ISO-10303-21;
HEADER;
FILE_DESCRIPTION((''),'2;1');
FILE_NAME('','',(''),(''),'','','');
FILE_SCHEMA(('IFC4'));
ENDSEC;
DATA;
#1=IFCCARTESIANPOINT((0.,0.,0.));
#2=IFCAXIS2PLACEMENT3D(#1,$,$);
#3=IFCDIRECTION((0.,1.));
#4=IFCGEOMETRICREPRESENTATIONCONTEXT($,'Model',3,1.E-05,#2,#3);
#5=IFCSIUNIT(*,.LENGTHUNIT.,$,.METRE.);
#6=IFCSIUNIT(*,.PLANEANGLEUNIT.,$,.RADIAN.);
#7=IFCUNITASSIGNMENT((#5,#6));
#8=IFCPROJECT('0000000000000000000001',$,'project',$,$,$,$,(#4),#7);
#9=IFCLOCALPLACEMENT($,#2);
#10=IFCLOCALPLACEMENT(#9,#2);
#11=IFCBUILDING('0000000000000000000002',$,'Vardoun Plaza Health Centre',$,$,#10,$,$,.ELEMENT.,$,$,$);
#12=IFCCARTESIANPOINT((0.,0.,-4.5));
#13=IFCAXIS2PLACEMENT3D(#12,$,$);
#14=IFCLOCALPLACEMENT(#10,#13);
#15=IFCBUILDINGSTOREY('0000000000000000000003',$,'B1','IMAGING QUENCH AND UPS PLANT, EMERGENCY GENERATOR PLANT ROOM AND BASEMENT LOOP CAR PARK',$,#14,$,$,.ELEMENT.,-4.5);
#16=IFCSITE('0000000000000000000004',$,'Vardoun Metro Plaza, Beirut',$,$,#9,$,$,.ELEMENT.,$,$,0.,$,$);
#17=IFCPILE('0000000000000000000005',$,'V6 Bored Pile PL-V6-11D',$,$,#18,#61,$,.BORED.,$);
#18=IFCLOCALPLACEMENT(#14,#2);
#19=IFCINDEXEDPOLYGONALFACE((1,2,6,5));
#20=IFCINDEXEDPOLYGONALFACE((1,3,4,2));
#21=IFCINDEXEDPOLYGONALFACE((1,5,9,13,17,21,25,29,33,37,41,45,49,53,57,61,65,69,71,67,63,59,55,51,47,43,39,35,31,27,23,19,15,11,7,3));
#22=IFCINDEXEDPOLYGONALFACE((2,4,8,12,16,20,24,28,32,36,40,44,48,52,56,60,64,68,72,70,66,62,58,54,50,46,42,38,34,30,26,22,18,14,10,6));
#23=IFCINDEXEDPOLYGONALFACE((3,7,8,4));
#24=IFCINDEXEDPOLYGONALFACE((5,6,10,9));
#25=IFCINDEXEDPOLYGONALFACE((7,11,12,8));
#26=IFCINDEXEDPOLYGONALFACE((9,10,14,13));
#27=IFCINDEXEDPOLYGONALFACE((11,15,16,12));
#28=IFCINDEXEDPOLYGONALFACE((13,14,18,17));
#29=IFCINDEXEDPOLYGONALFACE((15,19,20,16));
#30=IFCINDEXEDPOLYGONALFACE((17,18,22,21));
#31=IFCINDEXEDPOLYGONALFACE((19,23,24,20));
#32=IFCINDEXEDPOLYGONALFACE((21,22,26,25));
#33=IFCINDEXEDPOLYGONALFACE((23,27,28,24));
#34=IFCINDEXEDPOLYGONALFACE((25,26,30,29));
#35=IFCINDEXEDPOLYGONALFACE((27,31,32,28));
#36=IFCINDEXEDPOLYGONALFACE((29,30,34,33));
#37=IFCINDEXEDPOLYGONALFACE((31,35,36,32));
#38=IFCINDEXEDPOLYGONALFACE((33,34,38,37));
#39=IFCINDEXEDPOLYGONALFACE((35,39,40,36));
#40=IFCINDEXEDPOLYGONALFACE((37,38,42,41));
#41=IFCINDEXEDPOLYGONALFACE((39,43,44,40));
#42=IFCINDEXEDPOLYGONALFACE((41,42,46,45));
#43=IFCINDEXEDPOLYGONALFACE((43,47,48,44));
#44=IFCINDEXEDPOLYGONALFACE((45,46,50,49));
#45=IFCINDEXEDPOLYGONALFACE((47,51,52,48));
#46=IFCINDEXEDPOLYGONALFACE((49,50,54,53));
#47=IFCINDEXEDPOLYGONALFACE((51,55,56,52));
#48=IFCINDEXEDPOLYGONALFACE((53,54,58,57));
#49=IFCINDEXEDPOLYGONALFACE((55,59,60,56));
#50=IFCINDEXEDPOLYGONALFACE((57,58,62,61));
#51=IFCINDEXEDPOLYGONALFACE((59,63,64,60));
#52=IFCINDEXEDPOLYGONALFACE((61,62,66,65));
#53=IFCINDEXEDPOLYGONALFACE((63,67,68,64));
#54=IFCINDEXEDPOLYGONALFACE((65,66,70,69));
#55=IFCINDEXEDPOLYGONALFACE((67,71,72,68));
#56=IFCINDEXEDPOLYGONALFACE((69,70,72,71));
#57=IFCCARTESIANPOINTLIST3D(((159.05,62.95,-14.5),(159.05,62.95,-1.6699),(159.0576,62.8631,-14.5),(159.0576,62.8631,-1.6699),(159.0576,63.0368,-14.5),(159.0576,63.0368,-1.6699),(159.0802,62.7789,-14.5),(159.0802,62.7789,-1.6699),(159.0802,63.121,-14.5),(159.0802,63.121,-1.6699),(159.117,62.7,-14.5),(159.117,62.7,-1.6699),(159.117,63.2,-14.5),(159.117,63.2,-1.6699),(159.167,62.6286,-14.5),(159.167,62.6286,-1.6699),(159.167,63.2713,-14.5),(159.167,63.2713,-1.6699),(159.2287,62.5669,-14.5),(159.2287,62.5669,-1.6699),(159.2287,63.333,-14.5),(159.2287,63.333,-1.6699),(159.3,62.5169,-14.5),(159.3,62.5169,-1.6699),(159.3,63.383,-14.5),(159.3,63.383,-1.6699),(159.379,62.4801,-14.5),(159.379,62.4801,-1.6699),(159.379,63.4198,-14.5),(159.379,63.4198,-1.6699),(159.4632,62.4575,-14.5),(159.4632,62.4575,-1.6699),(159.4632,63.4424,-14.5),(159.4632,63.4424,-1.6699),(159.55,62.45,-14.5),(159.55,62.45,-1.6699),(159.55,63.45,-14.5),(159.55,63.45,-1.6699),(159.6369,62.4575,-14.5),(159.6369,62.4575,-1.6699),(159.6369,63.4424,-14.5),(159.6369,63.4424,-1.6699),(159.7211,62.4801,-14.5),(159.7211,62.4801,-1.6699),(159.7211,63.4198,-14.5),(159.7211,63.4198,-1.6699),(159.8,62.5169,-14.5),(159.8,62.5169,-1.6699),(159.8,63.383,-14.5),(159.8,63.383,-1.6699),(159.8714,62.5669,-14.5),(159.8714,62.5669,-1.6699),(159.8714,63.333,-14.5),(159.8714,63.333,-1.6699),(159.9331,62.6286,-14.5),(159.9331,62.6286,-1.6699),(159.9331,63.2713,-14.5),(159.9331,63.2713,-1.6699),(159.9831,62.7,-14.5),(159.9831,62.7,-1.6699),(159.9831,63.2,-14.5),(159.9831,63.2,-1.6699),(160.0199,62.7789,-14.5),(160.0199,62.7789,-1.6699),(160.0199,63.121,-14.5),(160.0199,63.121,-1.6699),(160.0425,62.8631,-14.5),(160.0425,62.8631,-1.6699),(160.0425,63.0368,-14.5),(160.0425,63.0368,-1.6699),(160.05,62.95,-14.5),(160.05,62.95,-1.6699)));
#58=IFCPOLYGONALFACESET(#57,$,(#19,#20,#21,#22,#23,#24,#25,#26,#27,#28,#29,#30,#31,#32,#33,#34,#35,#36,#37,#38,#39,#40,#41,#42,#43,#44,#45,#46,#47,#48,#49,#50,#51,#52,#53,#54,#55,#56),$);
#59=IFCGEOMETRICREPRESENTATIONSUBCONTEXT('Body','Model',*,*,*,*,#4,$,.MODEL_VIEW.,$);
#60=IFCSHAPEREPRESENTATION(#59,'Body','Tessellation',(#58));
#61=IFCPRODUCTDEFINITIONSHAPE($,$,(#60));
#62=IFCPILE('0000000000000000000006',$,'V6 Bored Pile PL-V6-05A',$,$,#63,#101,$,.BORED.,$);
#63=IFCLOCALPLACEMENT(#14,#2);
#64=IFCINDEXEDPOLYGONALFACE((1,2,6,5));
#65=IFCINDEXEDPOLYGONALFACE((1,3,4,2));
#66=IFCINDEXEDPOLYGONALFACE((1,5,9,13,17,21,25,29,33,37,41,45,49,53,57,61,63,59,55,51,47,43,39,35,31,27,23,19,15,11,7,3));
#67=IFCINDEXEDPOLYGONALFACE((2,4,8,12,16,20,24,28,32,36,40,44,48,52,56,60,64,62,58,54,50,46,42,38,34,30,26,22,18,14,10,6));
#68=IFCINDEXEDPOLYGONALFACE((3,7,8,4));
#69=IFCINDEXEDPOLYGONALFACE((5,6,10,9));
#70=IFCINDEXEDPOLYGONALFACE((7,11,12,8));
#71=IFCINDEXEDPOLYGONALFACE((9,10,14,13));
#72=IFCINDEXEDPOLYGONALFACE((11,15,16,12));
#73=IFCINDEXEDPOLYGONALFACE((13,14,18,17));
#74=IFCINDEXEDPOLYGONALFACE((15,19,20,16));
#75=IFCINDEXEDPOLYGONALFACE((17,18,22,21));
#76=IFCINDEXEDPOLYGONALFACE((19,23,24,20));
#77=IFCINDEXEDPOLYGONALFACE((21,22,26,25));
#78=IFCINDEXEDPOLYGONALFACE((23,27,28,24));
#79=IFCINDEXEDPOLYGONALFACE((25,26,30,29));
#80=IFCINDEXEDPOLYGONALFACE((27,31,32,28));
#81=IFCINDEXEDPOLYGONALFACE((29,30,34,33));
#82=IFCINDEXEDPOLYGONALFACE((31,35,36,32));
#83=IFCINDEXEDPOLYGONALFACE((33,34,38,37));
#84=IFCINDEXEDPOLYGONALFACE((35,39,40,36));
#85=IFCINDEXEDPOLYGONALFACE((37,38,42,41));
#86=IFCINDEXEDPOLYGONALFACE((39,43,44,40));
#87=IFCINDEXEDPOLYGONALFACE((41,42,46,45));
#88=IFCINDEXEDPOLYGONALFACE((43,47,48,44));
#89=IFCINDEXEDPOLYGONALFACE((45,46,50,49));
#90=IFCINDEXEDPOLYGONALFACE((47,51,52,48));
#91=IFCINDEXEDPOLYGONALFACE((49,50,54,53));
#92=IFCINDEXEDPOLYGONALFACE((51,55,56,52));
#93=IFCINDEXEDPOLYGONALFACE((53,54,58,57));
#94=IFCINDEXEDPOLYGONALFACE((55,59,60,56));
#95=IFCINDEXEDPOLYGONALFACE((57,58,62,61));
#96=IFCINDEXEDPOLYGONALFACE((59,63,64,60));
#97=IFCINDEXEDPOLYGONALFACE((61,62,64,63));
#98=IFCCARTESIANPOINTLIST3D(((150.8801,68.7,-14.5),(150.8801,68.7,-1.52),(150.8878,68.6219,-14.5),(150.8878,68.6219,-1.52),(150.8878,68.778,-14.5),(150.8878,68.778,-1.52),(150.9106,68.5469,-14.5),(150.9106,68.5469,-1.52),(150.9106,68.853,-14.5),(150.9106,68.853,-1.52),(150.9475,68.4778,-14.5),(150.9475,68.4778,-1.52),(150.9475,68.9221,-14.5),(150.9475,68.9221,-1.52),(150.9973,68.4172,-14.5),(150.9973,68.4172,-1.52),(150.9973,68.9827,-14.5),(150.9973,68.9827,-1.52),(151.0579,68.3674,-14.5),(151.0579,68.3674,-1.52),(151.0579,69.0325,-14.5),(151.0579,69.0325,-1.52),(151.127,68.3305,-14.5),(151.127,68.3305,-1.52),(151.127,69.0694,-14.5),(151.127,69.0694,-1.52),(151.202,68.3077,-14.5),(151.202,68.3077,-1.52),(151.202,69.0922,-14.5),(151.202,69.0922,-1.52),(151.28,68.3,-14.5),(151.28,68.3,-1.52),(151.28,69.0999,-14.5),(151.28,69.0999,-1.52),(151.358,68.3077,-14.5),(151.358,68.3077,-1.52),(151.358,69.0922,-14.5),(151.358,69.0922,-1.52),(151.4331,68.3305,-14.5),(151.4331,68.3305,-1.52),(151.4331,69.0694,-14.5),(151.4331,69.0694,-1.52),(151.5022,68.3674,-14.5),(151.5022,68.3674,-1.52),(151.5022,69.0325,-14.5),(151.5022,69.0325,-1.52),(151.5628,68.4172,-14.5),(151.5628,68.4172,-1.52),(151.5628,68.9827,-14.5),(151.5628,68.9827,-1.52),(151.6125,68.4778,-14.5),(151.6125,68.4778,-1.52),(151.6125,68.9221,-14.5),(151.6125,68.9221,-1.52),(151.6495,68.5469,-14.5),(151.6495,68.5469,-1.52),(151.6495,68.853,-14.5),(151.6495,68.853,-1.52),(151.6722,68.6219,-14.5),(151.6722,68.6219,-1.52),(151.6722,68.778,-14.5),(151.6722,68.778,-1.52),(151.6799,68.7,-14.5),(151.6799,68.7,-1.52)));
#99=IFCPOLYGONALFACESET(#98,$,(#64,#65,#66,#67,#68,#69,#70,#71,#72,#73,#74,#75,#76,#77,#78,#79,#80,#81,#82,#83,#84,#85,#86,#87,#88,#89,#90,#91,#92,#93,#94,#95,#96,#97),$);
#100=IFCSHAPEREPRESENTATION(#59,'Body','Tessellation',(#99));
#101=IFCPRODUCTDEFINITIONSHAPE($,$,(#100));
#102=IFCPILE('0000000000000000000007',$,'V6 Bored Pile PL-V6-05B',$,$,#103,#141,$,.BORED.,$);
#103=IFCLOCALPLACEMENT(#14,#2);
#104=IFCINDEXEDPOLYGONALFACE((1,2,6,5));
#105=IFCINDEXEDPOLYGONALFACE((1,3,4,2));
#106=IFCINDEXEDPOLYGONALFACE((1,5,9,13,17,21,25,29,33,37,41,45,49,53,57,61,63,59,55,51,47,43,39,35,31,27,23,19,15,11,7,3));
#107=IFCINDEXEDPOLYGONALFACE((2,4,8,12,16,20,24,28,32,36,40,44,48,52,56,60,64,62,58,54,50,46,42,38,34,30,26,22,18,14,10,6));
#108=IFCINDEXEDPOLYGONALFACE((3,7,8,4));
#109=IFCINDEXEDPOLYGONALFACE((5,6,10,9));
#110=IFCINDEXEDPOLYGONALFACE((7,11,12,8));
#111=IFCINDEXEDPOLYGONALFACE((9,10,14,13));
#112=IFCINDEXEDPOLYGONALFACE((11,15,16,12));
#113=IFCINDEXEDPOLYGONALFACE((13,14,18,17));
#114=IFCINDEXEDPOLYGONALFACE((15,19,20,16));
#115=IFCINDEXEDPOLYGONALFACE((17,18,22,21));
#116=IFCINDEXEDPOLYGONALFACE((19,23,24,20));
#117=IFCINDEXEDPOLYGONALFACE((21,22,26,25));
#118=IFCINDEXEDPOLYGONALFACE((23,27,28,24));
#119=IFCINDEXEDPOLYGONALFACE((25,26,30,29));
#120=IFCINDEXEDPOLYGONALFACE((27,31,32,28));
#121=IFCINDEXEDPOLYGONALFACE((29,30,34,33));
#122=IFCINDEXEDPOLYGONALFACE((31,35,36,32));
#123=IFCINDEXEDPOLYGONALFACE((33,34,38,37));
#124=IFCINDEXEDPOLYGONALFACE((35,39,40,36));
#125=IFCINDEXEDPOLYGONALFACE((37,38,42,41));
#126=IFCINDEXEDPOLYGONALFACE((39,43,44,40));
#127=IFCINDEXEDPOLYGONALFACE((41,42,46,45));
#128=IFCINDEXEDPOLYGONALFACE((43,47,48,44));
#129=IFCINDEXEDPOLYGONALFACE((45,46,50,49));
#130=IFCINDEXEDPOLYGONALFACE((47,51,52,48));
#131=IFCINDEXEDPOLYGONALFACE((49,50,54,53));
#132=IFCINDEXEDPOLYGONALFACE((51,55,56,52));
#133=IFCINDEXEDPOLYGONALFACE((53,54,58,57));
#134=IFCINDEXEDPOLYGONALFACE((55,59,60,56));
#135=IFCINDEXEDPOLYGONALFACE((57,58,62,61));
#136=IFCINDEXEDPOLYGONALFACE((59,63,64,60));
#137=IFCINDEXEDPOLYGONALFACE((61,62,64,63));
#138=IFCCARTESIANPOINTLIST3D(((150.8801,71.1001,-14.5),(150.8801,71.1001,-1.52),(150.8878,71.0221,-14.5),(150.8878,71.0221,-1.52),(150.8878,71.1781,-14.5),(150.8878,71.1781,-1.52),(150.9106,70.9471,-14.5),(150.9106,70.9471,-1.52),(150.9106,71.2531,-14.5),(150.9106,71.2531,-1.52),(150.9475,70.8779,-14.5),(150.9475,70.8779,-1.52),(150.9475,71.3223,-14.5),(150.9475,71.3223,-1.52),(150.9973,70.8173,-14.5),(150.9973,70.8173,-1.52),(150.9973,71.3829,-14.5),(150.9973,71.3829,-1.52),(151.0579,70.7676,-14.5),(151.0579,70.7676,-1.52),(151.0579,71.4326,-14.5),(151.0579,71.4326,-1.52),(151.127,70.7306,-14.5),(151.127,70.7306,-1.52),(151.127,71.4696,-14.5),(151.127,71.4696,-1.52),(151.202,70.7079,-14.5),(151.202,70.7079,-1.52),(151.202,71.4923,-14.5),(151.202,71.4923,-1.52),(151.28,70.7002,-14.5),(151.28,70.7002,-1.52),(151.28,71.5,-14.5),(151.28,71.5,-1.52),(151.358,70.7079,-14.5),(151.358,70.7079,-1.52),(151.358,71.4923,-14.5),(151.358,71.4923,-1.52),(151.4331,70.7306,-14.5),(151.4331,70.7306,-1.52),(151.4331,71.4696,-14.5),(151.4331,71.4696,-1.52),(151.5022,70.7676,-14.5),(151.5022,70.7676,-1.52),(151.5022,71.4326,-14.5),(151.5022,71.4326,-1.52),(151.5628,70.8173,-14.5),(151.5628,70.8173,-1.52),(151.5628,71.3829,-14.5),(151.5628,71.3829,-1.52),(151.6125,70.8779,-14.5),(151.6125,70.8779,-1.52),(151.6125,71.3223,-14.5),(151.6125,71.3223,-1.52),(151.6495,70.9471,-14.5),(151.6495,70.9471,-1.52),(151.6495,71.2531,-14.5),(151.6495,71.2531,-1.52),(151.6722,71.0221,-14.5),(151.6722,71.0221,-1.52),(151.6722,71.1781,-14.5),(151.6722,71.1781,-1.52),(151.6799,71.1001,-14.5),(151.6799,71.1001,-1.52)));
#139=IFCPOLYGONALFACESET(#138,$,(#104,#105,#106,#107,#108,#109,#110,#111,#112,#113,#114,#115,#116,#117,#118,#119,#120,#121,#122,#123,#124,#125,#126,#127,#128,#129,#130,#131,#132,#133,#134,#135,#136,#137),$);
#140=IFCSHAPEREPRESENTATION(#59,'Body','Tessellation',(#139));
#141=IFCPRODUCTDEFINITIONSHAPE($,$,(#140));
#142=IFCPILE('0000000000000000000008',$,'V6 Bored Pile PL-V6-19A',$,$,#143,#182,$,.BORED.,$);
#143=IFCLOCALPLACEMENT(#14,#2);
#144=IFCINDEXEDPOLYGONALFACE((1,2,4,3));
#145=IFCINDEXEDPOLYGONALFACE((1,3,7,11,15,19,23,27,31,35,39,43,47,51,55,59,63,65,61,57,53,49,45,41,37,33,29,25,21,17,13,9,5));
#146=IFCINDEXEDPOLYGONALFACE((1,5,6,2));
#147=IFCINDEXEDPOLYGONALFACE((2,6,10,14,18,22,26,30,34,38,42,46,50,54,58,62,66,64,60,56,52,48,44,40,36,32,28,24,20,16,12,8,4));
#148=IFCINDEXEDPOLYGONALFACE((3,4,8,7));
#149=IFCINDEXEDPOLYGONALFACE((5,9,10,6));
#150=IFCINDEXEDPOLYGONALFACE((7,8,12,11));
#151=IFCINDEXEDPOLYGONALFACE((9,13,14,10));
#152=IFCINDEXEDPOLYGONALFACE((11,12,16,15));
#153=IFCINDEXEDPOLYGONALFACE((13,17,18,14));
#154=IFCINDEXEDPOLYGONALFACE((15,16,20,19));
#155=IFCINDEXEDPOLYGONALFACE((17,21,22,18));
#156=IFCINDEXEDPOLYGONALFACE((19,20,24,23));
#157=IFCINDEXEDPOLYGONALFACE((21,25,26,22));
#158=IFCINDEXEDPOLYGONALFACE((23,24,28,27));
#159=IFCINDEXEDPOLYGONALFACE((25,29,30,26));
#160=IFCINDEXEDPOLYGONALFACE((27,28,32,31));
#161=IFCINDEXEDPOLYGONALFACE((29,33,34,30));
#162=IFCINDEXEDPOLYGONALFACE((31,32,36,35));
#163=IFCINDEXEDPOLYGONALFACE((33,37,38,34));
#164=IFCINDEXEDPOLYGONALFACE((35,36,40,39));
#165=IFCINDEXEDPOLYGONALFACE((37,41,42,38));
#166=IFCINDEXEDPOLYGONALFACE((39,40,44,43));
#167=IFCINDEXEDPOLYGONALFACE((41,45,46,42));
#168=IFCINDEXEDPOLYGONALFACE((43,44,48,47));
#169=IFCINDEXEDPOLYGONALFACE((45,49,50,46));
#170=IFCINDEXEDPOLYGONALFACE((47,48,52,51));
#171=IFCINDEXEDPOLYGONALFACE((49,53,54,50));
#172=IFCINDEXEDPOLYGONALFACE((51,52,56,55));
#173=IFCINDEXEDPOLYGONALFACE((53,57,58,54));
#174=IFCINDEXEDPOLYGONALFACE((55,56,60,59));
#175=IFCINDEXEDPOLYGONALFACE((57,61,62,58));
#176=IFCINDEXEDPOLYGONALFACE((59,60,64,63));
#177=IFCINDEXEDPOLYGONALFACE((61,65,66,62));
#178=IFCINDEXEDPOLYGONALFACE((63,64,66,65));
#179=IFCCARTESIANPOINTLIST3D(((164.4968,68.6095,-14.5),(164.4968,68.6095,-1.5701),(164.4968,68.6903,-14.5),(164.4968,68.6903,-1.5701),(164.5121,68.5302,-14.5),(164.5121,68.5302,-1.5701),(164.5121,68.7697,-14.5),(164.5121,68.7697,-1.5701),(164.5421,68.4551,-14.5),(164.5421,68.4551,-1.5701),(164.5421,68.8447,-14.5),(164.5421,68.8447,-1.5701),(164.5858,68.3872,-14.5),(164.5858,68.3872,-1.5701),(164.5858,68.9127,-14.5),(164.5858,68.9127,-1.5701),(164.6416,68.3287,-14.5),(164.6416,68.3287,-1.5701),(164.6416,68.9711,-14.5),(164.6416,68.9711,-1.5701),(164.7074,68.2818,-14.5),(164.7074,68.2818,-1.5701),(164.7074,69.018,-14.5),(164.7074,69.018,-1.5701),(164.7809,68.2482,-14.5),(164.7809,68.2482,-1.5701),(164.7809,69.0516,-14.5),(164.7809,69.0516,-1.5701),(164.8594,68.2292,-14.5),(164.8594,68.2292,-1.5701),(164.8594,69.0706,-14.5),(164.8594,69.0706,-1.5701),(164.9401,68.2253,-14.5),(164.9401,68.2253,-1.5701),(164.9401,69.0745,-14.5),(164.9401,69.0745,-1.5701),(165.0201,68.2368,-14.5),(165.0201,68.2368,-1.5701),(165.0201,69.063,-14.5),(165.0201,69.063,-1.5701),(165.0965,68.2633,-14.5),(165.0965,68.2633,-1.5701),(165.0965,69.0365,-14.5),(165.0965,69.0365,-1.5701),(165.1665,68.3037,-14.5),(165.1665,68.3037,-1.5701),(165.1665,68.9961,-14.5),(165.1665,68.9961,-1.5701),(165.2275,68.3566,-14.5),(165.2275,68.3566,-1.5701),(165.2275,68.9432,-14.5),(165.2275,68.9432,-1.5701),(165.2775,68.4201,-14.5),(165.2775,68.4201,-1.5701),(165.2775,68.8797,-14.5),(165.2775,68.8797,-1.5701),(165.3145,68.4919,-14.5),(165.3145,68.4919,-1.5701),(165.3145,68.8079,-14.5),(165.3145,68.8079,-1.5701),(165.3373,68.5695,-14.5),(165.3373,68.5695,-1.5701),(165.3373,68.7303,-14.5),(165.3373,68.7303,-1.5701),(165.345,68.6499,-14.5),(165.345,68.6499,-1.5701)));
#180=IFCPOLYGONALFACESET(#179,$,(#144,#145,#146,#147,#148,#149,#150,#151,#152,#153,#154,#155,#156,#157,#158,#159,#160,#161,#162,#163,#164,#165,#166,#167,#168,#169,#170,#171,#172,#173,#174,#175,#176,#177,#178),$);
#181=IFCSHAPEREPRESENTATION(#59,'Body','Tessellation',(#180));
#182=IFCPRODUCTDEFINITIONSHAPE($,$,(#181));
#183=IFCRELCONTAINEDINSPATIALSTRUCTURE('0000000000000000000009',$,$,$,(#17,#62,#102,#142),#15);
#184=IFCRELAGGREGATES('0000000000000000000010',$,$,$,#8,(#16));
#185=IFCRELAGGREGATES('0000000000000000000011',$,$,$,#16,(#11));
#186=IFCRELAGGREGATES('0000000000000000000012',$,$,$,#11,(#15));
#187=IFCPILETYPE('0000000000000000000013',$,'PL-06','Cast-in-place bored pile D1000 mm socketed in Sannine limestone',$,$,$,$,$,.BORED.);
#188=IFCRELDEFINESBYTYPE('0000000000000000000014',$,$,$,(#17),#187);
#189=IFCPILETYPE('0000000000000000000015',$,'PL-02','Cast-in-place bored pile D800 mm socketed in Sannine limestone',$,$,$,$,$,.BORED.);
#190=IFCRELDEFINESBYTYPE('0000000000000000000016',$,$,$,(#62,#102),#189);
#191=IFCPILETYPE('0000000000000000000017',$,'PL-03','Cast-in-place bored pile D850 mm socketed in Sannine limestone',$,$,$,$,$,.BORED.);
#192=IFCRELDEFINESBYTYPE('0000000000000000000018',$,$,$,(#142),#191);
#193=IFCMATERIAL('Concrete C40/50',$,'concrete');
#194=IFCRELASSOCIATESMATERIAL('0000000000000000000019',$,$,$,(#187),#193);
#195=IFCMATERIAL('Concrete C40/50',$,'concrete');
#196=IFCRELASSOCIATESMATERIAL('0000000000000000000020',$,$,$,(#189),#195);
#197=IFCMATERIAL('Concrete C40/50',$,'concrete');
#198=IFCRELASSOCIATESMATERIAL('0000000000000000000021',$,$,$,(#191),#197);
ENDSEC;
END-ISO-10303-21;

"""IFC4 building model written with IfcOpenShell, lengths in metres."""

from ifc_helpers import new_model, si_unit, direction, frame, origin, origin_2d, place, context, subcontext, project, spatial, circle, extrude, material, material_profile, profile_set, type_object, element, save


model = new_model("IFC4")

# Units and contexts
model_context = context("Model", 3, precision=1e-05, world=origin(), true_north=direction((0.0, 1.0)))
body_context = subcontext(model_context, "Body", "Model", "MODEL_VIEW")
ifc_project = project(units=[si_unit("LENGTHUNIT", "METRE"), si_unit("PLANEANGLEUNIT", "RADIAN")], contexts=[model_context])

# Site, building, storey
site_placement = place(None, origin())
site = spatial("IfcSite", under=ifc_project, at=site_placement, Name="Vardoun Metro Plaza, Beirut", CompositionType="ELEMENT", RefElevation=0.0)
building_placement = place(site_placement, origin())
building = spatial("IfcBuilding", under=site, at=building_placement, Name="Vardoun Plaza Health Centre", CompositionType="ELEMENT")
storey_placement = place(building_placement, frame((0.0, 0.0, -4.5)))
storey = spatial("IfcBuildingStorey", under=building, at=storey_placement, Name="B1", Description="IMAGING QUENCH AND UPS PLANT, EMERGENCY GENERATOR PLANT ROOM AND BASEMENT LOOP CAR PARK", CompositionType="ELEMENT", Elevation=-4.5)

# Piles
ifc_material_1 = material(Name="Concrete C40/50", Category="concrete")
ifc_material_profile_1 = material_profile(ifc_material_1, circle(Radius=0.5, at=origin_2d()), Name="PILE D1000")
ifc_profile_set_1 = profile_set([ifc_material_profile_1], Name="Concrete C40/50")
pile_type_1 = type_object("IfcPileType", Name="PL-06", Description="Cast-in-place bored pile D1000 mm socketed in Sannine limestone", PredefinedType="BORED", material=ifc_profile_set_1)
for number, where, z_axis, x_axis, name in (
    (1, (159.55, 62.95, -1.6699), (0.0, 0.0, -1.0), (1.0, 0.0, 0.0), "V6 Bored Pile PL-V6-11D"),
):
    element("IfcPile", number, at=place(storey_placement, frame(where, z_axis=z_axis, x_axis=x_axis)), inside=storey, type_object=pile_type_1, Name=name, PredefinedType="BORED", context=body_context, shape_type="SweptSolid", body=[
        extrude(circle(Radius=0.5, at=origin_2d()), origin(), (0.0, 0.0, 1.0), 12.8301),
    ])
ifc_material_2 = material(Name="Concrete C40/50", Category="concrete")
ifc_material_profile_2 = material_profile(ifc_material_2, circle(Radius=0.3999, at=origin_2d()), Name="PILE D800")
ifc_profile_set_2 = profile_set([ifc_material_profile_2], Name="Concrete C40/50")
pile_type_2 = type_object("IfcPileType", Name="PL-02", Description="Cast-in-place bored pile D800 mm socketed in Sannine limestone", PredefinedType="BORED", material=ifc_profile_set_2)
for number, where, z_axis, x_axis, name in (
    (2, (151.28, 68.7, -1.52), (0.0, 0.0, -1.0), (1.0, 0.0, 0.0), "V6 Bored Pile PL-V6-05A"),
    (3, (151.28, 71.1001, -1.52), (0.0, 0.0, -1.0), (1.0, 0.0, 0.0), "V6 Bored Pile PL-V6-05B"),
):
    element("IfcPile", number, at=place(storey_placement, frame(where, z_axis=z_axis, x_axis=x_axis)), inside=storey, type_object=pile_type_2, Name=name, PredefinedType="BORED", context=body_context, shape_type="SweptSolid", body=[
        extrude(circle(Radius=0.3999, at=origin_2d()), origin(), (0.0, 0.0, 1.0), 12.98),
    ])
ifc_material_3 = material(Name="Concrete C40/50", Category="concrete")
ifc_material_profile_3 = material_profile(ifc_material_3, circle(Radius=0.425, at=origin_2d()), Name="PILE D850")
ifc_profile_set_3 = profile_set([ifc_material_profile_3], Name="Concrete C40/50")
pile_type_3 = type_object("IfcPileType", Name="PL-03", Description="Cast-in-place bored pile D850 mm socketed in Sannine limestone", PredefinedType="BORED", material=ifc_profile_set_3)
for number, where, z_axis, x_axis, name in (
    (4, (164.9199, 68.6499, -1.5701), (0.0, 0.0, -1.0), (1.0, 0.0, 0.0), "V6 Bored Pile PL-V6-19A"),
):
    element("IfcPile", number, at=place(storey_placement, frame(where, z_axis=z_axis, x_axis=x_axis)), inside=storey, type_object=pile_type_3, Name=name, PredefinedType="BORED", context=body_context, shape_type="SweptSolid", body=[
        extrude(circle(Radius=0.425, at=origin_2d()), origin(), (0.0, 0.0, 1.0), 12.9299),
    ])

save(model, "model.ifc")
